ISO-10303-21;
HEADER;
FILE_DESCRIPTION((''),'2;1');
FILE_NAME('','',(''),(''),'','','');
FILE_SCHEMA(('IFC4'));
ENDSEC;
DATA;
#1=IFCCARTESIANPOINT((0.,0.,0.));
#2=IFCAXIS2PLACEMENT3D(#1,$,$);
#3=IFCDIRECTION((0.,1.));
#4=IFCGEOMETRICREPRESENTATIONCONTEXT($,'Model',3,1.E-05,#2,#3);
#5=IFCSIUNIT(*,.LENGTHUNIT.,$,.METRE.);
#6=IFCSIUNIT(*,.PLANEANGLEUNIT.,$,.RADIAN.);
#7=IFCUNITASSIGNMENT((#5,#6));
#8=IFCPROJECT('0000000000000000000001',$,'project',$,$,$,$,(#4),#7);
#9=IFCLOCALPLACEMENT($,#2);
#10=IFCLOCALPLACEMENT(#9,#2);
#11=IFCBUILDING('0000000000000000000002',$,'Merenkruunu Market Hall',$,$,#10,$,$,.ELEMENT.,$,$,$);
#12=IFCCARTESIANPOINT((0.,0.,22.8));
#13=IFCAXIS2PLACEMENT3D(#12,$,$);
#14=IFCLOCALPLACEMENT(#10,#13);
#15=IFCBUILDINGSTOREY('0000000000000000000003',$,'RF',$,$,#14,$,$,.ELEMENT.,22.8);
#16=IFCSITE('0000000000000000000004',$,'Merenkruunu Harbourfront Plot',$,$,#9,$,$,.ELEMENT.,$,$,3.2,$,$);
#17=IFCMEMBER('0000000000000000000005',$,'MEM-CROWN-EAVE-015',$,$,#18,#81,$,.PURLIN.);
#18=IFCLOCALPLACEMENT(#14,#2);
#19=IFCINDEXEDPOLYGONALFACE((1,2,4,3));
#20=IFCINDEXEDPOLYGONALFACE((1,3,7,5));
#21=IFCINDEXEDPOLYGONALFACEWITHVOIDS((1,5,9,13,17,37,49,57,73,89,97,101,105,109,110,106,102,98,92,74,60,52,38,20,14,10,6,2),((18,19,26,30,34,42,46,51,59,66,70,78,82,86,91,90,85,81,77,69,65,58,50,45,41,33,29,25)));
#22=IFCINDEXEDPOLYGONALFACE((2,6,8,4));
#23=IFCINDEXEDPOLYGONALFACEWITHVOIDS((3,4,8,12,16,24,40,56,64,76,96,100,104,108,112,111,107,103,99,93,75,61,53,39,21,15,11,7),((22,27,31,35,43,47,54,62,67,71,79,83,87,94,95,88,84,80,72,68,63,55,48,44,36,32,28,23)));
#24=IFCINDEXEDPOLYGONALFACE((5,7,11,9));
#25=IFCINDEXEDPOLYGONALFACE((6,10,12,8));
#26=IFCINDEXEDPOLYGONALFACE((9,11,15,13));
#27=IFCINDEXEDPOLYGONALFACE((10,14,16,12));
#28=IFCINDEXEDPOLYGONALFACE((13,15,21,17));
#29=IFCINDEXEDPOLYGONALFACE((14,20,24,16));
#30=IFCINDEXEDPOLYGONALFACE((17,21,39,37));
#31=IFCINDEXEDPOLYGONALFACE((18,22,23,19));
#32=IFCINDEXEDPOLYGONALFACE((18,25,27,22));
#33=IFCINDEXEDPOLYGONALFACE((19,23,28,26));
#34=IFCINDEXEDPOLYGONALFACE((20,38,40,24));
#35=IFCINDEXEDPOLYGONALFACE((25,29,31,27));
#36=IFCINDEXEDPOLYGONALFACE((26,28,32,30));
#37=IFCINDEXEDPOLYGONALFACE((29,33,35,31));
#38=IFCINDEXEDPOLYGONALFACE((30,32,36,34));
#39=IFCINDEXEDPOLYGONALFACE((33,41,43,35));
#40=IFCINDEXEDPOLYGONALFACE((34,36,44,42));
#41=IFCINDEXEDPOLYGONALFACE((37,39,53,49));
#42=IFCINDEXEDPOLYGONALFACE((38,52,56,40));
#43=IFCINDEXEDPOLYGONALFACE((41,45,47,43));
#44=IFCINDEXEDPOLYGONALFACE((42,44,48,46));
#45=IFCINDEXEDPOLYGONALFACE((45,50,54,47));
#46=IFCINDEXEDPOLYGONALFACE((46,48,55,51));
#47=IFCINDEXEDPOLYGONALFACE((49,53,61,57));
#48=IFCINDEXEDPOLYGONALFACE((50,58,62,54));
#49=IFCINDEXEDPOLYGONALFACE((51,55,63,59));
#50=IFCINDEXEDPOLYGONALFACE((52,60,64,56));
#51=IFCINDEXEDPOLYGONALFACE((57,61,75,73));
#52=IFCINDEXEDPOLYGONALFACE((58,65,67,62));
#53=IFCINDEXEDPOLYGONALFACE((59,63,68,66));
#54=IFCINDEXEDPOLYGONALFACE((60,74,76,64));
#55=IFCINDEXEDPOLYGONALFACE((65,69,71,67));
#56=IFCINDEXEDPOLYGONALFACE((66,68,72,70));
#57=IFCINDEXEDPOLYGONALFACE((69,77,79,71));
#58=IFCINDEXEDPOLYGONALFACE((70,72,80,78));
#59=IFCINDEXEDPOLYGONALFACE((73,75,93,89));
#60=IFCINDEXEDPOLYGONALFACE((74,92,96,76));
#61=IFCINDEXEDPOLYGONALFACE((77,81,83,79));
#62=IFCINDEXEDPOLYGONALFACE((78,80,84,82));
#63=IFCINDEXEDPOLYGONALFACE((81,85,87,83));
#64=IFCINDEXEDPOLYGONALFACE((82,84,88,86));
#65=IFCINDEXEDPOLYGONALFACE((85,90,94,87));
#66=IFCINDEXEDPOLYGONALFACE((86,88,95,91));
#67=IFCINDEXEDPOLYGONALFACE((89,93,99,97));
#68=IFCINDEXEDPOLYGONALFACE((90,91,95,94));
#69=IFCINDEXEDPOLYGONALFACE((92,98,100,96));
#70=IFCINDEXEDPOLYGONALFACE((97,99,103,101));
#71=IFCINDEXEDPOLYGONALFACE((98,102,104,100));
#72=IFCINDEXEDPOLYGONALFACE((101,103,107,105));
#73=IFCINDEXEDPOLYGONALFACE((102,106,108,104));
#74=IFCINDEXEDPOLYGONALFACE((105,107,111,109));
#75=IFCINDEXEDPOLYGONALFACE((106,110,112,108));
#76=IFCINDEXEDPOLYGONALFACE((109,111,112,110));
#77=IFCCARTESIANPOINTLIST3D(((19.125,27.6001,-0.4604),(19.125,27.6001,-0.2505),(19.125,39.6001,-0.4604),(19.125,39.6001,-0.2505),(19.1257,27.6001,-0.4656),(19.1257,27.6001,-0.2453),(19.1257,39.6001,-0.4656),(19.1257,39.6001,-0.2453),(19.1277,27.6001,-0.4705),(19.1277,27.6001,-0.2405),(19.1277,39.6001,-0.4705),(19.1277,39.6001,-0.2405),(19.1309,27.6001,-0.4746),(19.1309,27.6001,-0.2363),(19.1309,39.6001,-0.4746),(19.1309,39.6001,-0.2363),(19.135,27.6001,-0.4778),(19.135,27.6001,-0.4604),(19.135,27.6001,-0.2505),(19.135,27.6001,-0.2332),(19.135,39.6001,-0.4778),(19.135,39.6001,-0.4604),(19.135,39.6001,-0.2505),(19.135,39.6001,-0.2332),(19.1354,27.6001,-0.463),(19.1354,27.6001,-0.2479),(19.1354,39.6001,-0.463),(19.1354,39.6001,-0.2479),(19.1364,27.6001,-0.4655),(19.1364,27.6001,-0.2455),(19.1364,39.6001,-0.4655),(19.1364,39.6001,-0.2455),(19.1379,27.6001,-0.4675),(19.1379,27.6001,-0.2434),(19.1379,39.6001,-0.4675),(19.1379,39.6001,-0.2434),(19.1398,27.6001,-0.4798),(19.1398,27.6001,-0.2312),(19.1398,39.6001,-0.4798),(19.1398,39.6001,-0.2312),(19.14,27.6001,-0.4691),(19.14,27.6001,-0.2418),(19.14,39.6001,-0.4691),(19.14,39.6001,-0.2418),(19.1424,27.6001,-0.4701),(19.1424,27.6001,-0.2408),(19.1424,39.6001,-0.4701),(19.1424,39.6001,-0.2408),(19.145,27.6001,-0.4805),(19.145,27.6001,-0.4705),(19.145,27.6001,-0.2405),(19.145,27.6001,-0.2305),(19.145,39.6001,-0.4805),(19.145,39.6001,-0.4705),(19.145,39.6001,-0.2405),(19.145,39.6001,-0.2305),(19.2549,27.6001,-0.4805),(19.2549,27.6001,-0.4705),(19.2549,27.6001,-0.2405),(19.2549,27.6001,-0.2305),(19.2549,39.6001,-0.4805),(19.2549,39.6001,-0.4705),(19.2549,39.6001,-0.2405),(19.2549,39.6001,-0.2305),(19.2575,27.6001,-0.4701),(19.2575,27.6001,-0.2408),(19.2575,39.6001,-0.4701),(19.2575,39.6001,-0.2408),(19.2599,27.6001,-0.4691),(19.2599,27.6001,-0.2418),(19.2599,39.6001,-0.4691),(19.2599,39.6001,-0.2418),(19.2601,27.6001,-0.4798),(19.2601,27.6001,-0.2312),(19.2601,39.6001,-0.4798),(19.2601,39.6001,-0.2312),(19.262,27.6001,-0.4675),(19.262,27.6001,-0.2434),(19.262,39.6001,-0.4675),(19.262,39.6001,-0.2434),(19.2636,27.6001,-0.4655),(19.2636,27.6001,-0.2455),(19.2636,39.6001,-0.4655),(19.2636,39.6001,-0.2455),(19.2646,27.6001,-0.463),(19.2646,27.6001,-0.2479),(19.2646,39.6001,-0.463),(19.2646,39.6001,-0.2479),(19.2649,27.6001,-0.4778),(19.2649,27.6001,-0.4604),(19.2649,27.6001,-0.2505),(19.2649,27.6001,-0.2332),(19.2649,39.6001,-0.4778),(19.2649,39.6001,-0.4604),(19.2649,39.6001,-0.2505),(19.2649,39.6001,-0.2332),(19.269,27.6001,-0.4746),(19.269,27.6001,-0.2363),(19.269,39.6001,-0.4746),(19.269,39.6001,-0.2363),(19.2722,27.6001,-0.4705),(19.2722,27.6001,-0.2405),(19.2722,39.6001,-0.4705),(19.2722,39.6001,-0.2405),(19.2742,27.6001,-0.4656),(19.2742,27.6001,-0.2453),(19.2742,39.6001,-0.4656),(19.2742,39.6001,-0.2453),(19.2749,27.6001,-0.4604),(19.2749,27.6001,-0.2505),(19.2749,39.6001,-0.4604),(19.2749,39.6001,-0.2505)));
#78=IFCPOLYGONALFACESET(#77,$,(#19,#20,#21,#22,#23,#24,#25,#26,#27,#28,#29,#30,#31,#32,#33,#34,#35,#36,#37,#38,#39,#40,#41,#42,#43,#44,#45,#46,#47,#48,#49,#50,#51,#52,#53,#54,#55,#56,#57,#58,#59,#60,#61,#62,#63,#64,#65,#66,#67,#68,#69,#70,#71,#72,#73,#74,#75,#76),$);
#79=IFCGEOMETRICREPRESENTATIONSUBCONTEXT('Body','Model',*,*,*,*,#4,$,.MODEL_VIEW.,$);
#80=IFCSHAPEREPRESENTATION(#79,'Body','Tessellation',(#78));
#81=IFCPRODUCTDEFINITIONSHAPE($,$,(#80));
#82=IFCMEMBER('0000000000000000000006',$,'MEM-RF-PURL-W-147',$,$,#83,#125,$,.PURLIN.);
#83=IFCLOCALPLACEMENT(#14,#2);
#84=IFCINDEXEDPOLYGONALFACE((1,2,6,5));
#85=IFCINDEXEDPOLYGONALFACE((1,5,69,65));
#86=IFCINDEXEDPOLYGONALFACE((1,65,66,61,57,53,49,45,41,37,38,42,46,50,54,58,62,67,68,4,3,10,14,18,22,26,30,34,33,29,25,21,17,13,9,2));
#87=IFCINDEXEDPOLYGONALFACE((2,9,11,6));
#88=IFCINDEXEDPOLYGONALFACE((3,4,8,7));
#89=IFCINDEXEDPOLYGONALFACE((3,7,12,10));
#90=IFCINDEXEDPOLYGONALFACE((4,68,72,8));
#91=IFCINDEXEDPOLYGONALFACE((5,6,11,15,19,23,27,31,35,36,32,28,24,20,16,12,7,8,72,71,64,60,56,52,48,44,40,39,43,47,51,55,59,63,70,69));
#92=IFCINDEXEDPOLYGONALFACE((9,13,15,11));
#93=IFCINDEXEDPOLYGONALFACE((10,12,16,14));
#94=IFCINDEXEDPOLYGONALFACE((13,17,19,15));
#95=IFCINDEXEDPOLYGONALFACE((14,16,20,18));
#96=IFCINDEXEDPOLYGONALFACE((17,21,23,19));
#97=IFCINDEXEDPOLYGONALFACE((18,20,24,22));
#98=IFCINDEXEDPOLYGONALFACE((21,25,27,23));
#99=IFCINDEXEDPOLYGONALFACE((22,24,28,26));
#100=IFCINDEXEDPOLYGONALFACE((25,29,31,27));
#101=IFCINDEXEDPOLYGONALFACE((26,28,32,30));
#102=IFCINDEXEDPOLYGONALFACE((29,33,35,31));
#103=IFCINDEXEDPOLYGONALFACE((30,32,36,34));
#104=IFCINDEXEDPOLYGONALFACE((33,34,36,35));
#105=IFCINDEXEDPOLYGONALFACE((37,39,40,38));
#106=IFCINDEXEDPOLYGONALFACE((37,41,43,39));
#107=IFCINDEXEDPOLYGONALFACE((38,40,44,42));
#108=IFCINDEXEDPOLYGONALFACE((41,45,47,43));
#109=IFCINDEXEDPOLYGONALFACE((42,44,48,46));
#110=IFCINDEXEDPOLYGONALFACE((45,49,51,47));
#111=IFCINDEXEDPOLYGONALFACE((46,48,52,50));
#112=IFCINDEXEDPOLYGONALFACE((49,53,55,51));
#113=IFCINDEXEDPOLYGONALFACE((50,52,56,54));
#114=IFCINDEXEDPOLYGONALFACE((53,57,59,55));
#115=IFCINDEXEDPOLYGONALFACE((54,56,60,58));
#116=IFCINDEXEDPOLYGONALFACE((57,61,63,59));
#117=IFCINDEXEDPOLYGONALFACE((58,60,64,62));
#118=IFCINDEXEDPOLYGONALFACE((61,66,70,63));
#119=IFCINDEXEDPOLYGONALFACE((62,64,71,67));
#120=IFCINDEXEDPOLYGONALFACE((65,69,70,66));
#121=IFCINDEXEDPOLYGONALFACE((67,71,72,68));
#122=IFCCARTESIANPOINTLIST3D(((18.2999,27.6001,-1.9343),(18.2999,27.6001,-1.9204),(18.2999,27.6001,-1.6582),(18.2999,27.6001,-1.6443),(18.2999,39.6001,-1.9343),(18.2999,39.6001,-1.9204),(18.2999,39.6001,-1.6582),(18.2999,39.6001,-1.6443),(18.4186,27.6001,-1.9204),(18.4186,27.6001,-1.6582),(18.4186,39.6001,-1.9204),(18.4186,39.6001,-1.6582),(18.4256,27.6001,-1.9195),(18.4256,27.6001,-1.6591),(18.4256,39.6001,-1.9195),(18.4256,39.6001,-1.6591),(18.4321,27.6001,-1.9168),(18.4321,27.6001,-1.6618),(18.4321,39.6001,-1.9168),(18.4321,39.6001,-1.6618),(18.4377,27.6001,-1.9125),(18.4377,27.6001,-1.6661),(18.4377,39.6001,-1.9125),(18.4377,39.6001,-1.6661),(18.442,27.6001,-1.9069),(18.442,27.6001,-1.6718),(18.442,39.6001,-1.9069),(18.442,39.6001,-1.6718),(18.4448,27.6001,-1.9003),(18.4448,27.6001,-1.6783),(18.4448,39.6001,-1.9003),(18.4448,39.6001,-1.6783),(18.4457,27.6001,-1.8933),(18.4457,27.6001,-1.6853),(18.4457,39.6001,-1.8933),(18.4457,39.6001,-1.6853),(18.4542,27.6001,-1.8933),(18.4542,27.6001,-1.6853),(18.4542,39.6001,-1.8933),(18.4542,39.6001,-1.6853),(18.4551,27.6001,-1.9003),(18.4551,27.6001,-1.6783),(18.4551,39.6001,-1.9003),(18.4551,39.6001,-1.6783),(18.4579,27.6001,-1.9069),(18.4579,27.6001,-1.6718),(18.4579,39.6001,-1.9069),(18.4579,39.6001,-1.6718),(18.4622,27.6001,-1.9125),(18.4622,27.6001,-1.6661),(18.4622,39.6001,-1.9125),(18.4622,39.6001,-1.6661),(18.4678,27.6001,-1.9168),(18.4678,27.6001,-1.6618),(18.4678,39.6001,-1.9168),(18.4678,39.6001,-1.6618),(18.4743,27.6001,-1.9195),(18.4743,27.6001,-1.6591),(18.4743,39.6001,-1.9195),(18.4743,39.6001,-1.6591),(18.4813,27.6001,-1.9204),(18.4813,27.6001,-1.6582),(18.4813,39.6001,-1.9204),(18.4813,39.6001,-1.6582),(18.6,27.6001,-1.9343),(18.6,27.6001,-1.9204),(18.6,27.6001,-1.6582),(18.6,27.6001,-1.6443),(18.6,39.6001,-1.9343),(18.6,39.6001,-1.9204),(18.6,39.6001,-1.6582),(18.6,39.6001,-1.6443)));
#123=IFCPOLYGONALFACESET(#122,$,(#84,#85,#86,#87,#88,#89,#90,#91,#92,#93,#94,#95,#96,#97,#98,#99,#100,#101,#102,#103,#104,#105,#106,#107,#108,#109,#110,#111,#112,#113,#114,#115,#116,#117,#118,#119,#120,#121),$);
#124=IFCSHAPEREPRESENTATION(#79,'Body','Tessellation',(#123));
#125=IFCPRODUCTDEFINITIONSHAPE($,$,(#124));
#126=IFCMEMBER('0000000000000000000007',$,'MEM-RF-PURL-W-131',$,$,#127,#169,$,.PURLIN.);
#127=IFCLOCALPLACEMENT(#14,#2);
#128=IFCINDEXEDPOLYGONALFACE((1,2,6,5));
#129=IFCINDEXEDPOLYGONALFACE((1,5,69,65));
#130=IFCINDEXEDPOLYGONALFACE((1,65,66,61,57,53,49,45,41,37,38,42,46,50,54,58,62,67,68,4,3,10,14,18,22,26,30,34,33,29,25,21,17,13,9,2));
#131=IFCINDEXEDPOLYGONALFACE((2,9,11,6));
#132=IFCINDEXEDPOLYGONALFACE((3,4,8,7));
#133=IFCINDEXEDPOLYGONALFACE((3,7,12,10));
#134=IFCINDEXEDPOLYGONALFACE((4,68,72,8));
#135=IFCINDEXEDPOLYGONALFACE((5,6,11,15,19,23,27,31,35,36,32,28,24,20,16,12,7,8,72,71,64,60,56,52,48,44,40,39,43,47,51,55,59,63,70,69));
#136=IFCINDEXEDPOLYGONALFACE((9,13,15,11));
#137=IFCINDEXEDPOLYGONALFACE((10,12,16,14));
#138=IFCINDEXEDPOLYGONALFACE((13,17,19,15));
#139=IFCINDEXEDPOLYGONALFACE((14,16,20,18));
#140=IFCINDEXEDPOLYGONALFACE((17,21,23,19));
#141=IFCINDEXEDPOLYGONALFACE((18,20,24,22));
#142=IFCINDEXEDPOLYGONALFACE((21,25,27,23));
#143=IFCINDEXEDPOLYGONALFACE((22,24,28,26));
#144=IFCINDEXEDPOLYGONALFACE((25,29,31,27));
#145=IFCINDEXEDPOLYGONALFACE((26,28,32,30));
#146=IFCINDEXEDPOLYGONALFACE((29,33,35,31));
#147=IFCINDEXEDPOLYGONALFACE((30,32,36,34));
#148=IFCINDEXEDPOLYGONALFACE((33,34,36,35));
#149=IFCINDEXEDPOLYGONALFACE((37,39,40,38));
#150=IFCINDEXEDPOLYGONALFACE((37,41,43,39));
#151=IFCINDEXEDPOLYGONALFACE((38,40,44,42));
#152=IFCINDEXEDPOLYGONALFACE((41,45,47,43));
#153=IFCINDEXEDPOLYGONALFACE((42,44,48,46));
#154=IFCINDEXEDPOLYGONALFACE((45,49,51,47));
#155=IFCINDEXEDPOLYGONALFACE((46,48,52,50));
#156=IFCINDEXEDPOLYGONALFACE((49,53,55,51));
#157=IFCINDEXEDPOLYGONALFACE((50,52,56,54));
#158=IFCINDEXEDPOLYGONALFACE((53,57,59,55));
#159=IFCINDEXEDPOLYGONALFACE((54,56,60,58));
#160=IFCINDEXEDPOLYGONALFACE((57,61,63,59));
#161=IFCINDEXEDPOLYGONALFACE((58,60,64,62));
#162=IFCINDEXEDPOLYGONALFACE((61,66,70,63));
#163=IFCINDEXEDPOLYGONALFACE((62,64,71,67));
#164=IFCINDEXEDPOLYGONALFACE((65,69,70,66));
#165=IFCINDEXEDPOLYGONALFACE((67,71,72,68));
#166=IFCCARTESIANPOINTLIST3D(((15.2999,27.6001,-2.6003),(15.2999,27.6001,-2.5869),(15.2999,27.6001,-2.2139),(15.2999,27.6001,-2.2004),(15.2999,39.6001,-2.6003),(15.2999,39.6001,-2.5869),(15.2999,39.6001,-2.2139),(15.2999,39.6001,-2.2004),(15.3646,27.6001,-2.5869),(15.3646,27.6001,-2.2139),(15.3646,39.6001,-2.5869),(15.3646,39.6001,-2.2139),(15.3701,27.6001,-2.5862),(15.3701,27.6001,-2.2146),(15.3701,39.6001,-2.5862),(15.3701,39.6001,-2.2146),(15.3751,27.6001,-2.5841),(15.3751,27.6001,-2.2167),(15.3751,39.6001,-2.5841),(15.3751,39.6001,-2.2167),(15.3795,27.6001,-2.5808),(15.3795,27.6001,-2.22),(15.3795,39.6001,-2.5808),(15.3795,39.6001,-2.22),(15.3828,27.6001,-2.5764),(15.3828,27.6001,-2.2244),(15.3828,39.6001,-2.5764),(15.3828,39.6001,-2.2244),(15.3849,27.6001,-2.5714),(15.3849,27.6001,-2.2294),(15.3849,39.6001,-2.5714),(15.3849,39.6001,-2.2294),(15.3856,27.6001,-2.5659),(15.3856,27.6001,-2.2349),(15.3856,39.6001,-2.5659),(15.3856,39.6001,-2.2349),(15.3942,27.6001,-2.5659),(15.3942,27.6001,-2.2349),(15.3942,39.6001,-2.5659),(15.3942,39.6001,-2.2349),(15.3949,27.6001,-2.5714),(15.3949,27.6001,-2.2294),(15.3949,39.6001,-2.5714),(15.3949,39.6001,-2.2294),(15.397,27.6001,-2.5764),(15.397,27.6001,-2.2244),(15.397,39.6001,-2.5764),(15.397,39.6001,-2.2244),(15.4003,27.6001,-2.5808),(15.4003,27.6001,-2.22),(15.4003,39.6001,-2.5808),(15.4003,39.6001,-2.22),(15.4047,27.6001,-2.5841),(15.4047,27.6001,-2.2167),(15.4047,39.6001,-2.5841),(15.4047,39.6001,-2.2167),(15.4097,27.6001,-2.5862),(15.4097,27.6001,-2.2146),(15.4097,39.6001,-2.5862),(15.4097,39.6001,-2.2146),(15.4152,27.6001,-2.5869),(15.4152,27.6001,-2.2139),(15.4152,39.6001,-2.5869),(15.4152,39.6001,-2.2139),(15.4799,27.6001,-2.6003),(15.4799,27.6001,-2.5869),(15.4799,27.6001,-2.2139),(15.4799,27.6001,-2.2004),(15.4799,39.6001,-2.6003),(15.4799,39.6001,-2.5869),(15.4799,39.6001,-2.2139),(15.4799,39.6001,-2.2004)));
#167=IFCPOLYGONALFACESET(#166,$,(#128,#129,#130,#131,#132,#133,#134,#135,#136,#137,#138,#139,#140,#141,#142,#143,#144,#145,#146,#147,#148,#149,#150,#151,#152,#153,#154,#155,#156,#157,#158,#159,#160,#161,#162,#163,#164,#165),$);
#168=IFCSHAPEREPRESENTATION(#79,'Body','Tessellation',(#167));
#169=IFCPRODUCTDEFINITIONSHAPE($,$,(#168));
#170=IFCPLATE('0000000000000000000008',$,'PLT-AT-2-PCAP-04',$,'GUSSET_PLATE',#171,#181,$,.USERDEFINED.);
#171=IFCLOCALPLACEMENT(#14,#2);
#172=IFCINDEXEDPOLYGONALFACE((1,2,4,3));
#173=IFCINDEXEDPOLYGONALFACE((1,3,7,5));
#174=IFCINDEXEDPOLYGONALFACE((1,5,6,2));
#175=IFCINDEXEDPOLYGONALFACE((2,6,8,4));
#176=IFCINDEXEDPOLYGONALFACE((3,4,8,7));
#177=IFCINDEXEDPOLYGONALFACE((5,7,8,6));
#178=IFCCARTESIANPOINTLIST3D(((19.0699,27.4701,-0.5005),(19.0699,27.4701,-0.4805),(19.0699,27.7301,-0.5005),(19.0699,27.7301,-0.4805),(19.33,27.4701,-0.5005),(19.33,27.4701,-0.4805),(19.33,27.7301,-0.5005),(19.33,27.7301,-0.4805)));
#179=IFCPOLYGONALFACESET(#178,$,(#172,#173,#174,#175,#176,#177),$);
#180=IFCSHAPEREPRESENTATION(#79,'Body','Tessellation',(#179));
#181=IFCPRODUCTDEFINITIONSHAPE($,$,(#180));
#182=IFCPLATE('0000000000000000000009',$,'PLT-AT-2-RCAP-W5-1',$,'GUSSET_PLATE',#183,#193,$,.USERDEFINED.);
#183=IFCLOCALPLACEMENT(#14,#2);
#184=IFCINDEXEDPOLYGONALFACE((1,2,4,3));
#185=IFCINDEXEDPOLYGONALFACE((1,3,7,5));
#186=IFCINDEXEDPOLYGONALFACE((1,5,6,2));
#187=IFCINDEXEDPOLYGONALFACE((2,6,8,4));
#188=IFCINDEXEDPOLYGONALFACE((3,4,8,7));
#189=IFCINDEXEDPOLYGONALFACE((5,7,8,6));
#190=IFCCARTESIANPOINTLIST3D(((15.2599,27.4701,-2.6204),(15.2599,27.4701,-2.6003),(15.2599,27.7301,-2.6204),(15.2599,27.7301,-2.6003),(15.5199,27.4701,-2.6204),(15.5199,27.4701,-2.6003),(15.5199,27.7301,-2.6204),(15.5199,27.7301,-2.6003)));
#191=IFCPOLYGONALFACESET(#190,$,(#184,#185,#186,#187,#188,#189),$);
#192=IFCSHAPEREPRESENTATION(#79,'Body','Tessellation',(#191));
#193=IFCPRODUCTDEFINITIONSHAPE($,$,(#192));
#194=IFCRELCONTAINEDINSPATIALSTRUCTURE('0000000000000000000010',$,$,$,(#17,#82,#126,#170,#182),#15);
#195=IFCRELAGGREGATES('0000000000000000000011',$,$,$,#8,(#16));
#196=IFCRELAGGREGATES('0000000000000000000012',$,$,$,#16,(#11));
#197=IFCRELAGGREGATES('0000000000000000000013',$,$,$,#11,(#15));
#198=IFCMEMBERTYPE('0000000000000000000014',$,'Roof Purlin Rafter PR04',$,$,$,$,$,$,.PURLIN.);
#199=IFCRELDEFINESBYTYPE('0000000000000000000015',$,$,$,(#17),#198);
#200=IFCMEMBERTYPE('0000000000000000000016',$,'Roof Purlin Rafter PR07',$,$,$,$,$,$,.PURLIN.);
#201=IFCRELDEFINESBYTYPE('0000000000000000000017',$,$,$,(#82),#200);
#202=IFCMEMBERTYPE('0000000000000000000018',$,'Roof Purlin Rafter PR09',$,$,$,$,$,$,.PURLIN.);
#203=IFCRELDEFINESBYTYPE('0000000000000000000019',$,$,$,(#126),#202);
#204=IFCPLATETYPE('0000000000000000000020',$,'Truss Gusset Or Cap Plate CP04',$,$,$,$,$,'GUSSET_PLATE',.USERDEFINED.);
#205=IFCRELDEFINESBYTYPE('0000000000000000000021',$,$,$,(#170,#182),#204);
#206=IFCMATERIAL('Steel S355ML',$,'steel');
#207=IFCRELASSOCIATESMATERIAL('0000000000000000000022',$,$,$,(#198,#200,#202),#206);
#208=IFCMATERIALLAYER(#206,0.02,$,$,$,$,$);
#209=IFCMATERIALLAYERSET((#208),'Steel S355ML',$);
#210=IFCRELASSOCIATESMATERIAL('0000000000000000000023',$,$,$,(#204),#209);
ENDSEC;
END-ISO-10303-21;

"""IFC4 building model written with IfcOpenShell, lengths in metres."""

from ifc_helpers import new_model, si_unit, direction, frame, origin, origin_2d, place, context, subcontext, project, spatial, rectangle, hollow_rectangle, i_section, extrude, material, layer, layer_set, material_profile, profile_set, type_object, element, save


model = new_model("IFC4")

# Units and contexts
model_context = context("Model", 3, precision=1e-05, world=origin(), true_north=direction((0.0, 1.0)))
body_context = subcontext(model_context, "Body", "Model", "MODEL_VIEW")
ifc_project = project(units=[si_unit("LENGTHUNIT", "METRE"), si_unit("PLANEANGLEUNIT", "RADIAN")], contexts=[model_context])

# Site, building, storey
site_placement = place(None, origin())
site = spatial("IfcSite", under=ifc_project, at=site_placement, Name="Merenkruunu Harbourfront Plot", CompositionType="ELEMENT", RefElevation=3.2)
building_placement = place(site_placement, origin())
building = spatial("IfcBuilding", under=site, at=building_placement, Name="Merenkruunu Market Hall", CompositionType="ELEMENT")
storey_placement = place(building_placement, frame((0.0, 0.0, 22.8)))
storey = spatial("IfcBuildingStorey", under=building, at=storey_placement, Name="RF", CompositionType="ELEMENT", Elevation=22.8)

# Members
ifc_material_1 = material(Name="Steel S355ML", Category="steel")
ifc_material_profile_1 = material_profile(ifc_material_1, hollow_rectangle(XDim=0.1499, YDim=0.25, WallThickness=0.01, InnerFilletRadius=0.01, OuterFilletRadius=0.02, at=origin_2d()), Name="RHS 250x150x10")
ifc_profile_set_1 = profile_set([ifc_material_profile_1], Name="Steel S355ML")
member_type_1 = type_object("IfcMemberType", Name="Roof Purlin Rafter PR04", PredefinedType="PURLIN", material=ifc_profile_set_1)
member_1_placement = place(storey_placement, frame((19.2, 27.6001, -0.3555), z_axis=(0.0, 1.0, 0.0), x_axis=(-1.0, 0.0, 0.0)))
element("IfcMember", 1, at=member_1_placement, inside=storey, type_object=member_type_1, Name="MEM-CROWN-EAVE-015", PredefinedType="PURLIN", context=body_context, shape_type="SweptSolid", body=[
    extrude(hollow_rectangle(XDim=0.1499, YDim=0.25, WallThickness=0.01, InnerFilletRadius=0.01, OuterFilletRadius=0.02, at=origin_2d()), origin(), (0.0, 0.0, 1.0), 12.0),
])
ifc_material_profile_2 = material_profile(ifc_material_1, i_section(OverallWidth=0.3, OverallDepth=0.29, WebThickness=0.0085, FlangeThickness=0.0139, FilletRadius=0.0271, at=origin_2d()), Name="HEA 300")
ifc_profile_set_2 = profile_set([ifc_material_profile_2], Name="Steel S355ML")
member_type_2 = type_object("IfcMemberType", Name="Roof Purlin Rafter PR07", PredefinedType="PURLIN", material=ifc_profile_set_2)
member_2_placement = place(storey_placement, frame((18.45, 27.6001, -1.7893), z_axis=(0.0, 1.0, 0.0), x_axis=(-1.0, 0.0, 0.0)))
element("IfcMember", 2, at=member_2_placement, inside=storey, type_object=member_type_2, Name="MEM-RF-PURL-W-147", PredefinedType="PURLIN", context=body_context, shape_type="SweptSolid", body=[
    extrude(i_section(OverallWidth=0.3, OverallDepth=0.29, WebThickness=0.0085, FlangeThickness=0.0139, FilletRadius=0.0271, at=origin_2d()), origin(), (0.0, 0.0, 1.0), 12.0),
])
ifc_material_profile_3 = material_profile(ifc_material_1, i_section(OverallWidth=0.1799, OverallDepth=0.3999, WebThickness=0.0085, FlangeThickness=0.0134, FilletRadius=0.021, at=origin_2d()), Name="IPE 400")
ifc_profile_set_3 = profile_set([ifc_material_profile_3], Name="Steel S355ML")
member_type_3 = type_object("IfcMemberType", Name="Roof Purlin Rafter PR09", PredefinedType="PURLIN", material=ifc_profile_set_3)
member_3_placement = place(storey_placement, frame((15.3899, 27.6001, -2.4004), z_axis=(0.0, 1.0, 0.0), x_axis=(-1.0, 0.0, 0.0)))
element("IfcMember", 3, at=member_3_placement, inside=storey, type_object=member_type_3, Name="MEM-RF-PURL-W-131", PredefinedType="PURLIN", context=body_context, shape_type="SweptSolid", body=[
    extrude(i_section(OverallWidth=0.1799, OverallDepth=0.3999, WebThickness=0.0085, FlangeThickness=0.0134, FilletRadius=0.021, at=origin_2d()), origin(), (0.0, 0.0, 1.0), 12.0),
])

# Plates
ifc_layer_1 = layer(ifc_material_1, 0.02)
ifc_layer_set_1 = layer_set([ifc_layer_1], Name="Steel S355ML")
plate_type_1 = type_object("IfcPlateType", Name="Truss Gusset Or Cap Plate CP04", ElementType="GUSSET_PLATE", PredefinedType="USERDEFINED", material=ifc_layer_set_1)
for number, where, z_axis, x_axis, name in (
    (4, (19.2, 27.6001, -0.5005), (0.0, 0.0, 1.0), (1.0, 0.0, 0.0), "PLT-AT-2-PCAP-04"),
    (5, (15.3899, 27.6001, -2.6204), (0.0, 0.0, 1.0), (1.0, 0.0, 0.0), "PLT-AT-2-RCAP-W5-1"),
):
    element("IfcPlate", number, at=place(storey_placement, frame(where, z_axis=z_axis, x_axis=x_axis)), inside=storey, type_object=plate_type_1, Name=name, ObjectType="GUSSET_PLATE", PredefinedType="USERDEFINED", context=body_context, shape_type="SweptSolid", body=[
        extrude(rectangle(XDim=0.26, YDim=0.26, at=origin_2d()), origin(), (0.0, 0.0, 1.0), 0.02),
    ])

save(model, "model.ifc")
